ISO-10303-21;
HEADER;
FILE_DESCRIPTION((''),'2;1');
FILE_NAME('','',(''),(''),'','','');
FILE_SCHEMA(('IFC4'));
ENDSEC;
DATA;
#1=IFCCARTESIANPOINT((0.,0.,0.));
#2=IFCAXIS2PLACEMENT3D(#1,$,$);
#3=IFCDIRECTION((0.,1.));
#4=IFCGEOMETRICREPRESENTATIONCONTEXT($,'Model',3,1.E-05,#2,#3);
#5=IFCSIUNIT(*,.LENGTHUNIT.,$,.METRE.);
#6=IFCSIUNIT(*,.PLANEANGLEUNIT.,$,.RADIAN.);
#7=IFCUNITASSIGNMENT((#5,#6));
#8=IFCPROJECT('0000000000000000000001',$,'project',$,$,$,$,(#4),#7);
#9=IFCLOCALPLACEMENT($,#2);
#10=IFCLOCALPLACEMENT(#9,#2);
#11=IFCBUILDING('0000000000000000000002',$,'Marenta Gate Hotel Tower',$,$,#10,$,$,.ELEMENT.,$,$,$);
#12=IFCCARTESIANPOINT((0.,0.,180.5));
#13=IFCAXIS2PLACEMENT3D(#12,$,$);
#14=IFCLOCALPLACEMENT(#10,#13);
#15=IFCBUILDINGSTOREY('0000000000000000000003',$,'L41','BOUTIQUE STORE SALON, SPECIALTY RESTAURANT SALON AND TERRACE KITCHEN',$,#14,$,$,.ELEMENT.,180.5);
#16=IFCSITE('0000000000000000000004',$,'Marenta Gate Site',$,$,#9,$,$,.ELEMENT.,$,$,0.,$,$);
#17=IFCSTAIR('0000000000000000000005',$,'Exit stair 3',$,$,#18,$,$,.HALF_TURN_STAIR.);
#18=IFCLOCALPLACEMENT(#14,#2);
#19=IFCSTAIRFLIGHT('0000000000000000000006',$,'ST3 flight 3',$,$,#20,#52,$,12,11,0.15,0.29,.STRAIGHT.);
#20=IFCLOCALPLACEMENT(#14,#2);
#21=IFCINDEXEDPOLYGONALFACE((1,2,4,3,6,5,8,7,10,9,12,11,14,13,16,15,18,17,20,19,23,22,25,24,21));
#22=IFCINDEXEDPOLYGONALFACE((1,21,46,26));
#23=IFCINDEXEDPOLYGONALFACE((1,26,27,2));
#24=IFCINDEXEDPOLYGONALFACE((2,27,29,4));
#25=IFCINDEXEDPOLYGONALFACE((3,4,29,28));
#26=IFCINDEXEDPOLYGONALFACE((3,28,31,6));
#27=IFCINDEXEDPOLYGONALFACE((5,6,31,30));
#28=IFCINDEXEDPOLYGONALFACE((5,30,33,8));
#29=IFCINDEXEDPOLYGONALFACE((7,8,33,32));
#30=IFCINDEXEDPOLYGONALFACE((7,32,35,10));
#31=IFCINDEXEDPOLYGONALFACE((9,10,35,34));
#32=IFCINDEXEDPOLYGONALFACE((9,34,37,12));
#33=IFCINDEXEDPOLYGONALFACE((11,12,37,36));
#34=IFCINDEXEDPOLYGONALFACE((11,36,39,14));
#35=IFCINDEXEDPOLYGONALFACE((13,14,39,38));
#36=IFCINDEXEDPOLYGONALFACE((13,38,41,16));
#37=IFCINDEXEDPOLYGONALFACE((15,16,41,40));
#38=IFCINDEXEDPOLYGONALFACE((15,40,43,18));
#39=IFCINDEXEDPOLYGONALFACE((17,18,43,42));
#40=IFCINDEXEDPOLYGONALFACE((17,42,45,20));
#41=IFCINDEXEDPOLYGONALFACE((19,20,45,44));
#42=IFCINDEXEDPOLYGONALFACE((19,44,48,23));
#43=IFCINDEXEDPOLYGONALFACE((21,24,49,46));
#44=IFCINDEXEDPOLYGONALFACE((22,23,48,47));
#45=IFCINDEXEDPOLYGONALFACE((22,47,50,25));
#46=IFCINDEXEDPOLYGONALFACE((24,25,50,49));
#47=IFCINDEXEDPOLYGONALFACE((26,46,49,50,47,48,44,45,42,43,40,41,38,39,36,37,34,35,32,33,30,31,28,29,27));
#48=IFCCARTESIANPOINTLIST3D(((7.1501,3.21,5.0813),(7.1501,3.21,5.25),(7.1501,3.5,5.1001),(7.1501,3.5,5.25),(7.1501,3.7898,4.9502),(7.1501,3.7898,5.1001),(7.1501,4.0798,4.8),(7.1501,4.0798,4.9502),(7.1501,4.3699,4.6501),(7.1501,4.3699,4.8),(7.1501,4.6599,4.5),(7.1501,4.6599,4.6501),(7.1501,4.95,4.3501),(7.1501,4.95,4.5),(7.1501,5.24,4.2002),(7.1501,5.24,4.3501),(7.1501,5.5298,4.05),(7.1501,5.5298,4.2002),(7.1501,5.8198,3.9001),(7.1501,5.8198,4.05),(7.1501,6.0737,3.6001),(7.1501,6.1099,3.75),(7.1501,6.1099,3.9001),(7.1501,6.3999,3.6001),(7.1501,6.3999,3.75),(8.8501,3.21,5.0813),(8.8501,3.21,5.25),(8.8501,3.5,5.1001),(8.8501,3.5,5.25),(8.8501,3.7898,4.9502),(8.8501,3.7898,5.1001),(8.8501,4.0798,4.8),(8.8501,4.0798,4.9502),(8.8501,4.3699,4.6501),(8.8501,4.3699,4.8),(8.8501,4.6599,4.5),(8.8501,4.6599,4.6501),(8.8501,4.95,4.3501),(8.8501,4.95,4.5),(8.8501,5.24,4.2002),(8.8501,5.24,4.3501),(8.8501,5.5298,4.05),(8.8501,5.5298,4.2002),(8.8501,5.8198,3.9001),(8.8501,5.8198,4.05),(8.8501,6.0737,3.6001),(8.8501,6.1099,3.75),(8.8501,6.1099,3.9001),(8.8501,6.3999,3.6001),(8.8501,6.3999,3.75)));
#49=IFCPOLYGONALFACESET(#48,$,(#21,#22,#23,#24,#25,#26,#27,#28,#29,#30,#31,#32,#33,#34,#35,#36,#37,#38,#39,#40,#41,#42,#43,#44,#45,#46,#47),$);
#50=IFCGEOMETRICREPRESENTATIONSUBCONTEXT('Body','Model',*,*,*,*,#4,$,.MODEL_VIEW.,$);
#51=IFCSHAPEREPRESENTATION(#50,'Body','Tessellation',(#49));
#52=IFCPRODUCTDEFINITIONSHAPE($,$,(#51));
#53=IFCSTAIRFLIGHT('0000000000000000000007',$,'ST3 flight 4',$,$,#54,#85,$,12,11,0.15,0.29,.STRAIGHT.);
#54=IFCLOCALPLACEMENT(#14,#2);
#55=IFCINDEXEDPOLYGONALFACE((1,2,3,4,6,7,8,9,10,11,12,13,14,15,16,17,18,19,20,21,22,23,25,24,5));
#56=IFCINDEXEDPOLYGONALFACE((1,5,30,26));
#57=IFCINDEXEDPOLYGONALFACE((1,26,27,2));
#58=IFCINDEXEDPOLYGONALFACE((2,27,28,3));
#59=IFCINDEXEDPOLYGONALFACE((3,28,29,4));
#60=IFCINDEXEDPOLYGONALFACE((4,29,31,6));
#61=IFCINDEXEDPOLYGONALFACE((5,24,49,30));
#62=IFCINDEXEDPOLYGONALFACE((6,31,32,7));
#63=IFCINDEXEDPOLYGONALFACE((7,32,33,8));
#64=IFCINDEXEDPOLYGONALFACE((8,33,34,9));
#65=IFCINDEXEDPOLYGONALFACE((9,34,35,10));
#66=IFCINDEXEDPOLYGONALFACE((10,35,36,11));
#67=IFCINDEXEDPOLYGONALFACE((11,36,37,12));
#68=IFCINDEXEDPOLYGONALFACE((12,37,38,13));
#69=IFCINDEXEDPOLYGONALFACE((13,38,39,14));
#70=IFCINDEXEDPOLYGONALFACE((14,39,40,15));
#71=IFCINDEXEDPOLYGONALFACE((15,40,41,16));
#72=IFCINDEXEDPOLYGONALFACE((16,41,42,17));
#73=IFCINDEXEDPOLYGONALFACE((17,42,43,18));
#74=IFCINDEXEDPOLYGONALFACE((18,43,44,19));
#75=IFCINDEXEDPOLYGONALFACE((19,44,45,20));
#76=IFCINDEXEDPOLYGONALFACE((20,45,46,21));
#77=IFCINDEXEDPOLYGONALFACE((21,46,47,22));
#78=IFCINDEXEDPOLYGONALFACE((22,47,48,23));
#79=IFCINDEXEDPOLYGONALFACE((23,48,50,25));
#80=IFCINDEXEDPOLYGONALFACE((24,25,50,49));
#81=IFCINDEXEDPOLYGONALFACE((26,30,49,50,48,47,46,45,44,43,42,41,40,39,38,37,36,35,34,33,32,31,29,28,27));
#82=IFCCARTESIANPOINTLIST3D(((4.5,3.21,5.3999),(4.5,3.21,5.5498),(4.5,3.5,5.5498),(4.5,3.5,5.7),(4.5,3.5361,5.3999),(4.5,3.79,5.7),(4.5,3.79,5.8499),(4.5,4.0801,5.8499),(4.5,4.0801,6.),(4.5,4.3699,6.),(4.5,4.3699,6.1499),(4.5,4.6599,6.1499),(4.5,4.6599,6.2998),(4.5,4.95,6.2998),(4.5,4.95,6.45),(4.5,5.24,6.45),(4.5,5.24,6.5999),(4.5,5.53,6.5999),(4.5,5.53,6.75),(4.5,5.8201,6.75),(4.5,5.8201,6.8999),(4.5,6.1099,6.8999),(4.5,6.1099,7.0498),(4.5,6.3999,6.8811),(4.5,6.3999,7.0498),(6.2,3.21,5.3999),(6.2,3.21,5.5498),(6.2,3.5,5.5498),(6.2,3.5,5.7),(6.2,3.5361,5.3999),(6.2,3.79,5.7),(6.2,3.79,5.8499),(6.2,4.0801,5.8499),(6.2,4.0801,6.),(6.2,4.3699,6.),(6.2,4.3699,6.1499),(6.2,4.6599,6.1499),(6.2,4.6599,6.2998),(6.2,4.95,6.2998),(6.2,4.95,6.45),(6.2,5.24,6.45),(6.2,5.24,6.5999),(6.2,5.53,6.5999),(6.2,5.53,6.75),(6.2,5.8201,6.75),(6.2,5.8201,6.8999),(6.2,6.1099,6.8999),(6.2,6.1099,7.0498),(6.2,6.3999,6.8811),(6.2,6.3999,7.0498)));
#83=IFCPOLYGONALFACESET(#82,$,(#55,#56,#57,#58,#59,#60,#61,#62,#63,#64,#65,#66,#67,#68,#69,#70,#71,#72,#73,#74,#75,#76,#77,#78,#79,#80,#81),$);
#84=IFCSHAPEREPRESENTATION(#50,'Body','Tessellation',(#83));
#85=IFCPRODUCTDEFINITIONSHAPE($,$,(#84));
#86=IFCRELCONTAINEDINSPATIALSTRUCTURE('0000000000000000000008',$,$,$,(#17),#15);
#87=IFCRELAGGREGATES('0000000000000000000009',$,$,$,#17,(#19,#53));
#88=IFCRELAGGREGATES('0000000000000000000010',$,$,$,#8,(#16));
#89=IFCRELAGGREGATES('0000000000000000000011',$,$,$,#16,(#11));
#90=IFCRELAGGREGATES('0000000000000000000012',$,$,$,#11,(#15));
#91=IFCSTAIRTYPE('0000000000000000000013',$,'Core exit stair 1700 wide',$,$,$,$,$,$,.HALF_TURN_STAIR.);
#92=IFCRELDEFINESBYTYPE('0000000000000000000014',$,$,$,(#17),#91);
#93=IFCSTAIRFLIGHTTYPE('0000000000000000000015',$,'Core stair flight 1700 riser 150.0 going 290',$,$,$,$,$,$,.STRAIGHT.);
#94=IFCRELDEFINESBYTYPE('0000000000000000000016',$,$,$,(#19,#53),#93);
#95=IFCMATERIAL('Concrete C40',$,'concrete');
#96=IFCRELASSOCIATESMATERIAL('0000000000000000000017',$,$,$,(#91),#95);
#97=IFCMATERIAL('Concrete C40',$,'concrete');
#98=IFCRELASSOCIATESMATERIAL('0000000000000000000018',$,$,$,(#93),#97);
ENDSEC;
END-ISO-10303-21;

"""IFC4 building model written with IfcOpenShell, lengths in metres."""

from ifc_helpers import new_model, si_unit, direction, frame, origin, place, context, subcontext, project, spatial, polyline, outline, extrude, material, type_object, element, aggregate, save


model = new_model("IFC4")

# Units and contexts
model_context = context("Model", 3, precision=1e-05, world=origin(), true_north=direction((0.0, 1.0)))
body_context = subcontext(model_context, "Body", "Model", "MODEL_VIEW")
ifc_project = project(units=[si_unit("LENGTHUNIT", "METRE"), si_unit("PLANEANGLEUNIT", "RADIAN")], contexts=[model_context])

# Site, building, storey
site_placement = place(None, origin())
site = spatial("IfcSite", under=ifc_project, at=site_placement, Name="Marenta Gate Site", CompositionType="ELEMENT", RefElevation=0.0)
building_placement = place(site_placement, origin())
building = spatial("IfcBuilding", under=site, at=building_placement, Name="Marenta Gate Hotel Tower", CompositionType="ELEMENT")
storey_placement = place(building_placement, frame((0.0, 0.0, 180.5)))
storey = spatial("IfcBuildingStorey", under=building, at=storey_placement, Name="L41", Description="BOUTIQUE STORE SALON, SPECIALTY RESTAURANT SALON AND TERRACE KITCHEN", CompositionType="ELEMENT", Elevation=180.5)

# Stair, stair flights
ifc_material_1 = material(Name="Concrete C40", Category="concrete")
stair_type = type_object("IfcStairType", Name="Core exit stair 1700 wide", PredefinedType="HALF_TURN_STAIR", material=ifc_material_1)
stair_placement = place(storey_placement, origin())
stair = element("IfcStair", 1, at=stair_placement, inside=storey, type_object=stair_type, Name="Exit stair 3", PredefinedType="HALF_TURN_STAIR")
ifc_material_2 = material(Name="Concrete C40", Category="concrete")
stair_flight_type = type_object("IfcStairFlightType", Name="Core stair flight 1700 riser 150.0 going 290", PredefinedType="STRAIGHT", material=ifc_material_2)
stair_flight_1_placement = place(storey_placement, frame((8.0, 6.3999, 3.6001), z_axis=(0.0, 0.0, 1.0), x_axis=(0.0, -1.0, 0.0)))
stair_flight_1 = element("IfcStairFlight", 2, at=stair_flight_1_placement, type_object=stair_flight_type, Name="ST3 flight 3", NumberOfRisers=12, NumberOfTreads=11, PredefinedType="STRAIGHT", RiserHeight=0.15, TreadLength=0.29, context=body_context, shape_type="SweptSolid", body=[
    extrude(outline(polyline([(0.0, 0.0), (0.0, 0.1499), (0.29, 0.1499), (0.29, 0.3), (0.5801, 0.3), (0.5801, 0.45), (0.8701, 0.45), (0.8701, 0.6001), (1.1599, 0.6001), (1.1599, 0.75), (1.45, 0.75), (1.45, 0.8999), (1.74, 0.8999), (1.74, 1.05), (2.03, 1.05), (2.03, 1.2), (2.3201, 1.2), (2.3201, 1.3501), (2.6101, 1.3501), (2.6101, 1.5), (2.8999, 1.5), (2.8999, 1.6499), (3.1899, 1.6499), (3.1899, 1.8), (3.1899, 1.4812), (0.3262, 0.0), (0.0, 0.0)])), frame((0.0, 0.8501, 0.0), z_axis=(0.0, -1.0, 0.0), x_axis=(1.0, 0.0, 0.0)), (0.0, 0.0, 1.0), 1.7),
])
stair_flight_2_placement = place(storey_placement, frame((5.3501, 3.21, 5.3999), z_axis=(0.0, 0.0, 1.0), x_axis=(0.0, 1.0, 0.0)))
stair_flight_2 = element("IfcStairFlight", 3, at=stair_flight_2_placement, type_object=stair_flight_type, Name="ST3 flight 4", NumberOfRisers=12, NumberOfTreads=11, PredefinedType="STRAIGHT", RiserHeight=0.15, TreadLength=0.29, context=body_context, shape_type="SweptSolid", body=[
    extrude(outline(polyline([(0.0, 0.0), (0.0, 0.1499), (0.29, 0.1499), (0.29, 0.3), (0.5801, 0.3), (0.5801, 0.45), (0.8701, 0.45), (0.8701, 0.6001), (1.1599, 0.6001), (1.1599, 0.75), (1.45, 0.75), (1.45, 0.8999), (1.74, 0.8999), (1.74, 1.05), (2.03, 1.05), (2.03, 1.2), (2.3201, 1.2), (2.3201, 1.3501), (2.6101, 1.3501), (2.6101, 1.5), (2.8999, 1.5), (2.8999, 1.6499), (3.1899, 1.6499), (3.1899, 1.8), (3.1899, 1.4812), (0.3262, 0.0), (0.0, 0.0)])), frame((0.0, 0.8501, 0.0), z_axis=(0.0, -1.0, 0.0), x_axis=(1.0, 0.0, 0.0)), (0.0, 0.0, 1.0), 1.7),
])
aggregate(stair, [stair_flight_1, stair_flight_2])

save(model, "model.ifc")
